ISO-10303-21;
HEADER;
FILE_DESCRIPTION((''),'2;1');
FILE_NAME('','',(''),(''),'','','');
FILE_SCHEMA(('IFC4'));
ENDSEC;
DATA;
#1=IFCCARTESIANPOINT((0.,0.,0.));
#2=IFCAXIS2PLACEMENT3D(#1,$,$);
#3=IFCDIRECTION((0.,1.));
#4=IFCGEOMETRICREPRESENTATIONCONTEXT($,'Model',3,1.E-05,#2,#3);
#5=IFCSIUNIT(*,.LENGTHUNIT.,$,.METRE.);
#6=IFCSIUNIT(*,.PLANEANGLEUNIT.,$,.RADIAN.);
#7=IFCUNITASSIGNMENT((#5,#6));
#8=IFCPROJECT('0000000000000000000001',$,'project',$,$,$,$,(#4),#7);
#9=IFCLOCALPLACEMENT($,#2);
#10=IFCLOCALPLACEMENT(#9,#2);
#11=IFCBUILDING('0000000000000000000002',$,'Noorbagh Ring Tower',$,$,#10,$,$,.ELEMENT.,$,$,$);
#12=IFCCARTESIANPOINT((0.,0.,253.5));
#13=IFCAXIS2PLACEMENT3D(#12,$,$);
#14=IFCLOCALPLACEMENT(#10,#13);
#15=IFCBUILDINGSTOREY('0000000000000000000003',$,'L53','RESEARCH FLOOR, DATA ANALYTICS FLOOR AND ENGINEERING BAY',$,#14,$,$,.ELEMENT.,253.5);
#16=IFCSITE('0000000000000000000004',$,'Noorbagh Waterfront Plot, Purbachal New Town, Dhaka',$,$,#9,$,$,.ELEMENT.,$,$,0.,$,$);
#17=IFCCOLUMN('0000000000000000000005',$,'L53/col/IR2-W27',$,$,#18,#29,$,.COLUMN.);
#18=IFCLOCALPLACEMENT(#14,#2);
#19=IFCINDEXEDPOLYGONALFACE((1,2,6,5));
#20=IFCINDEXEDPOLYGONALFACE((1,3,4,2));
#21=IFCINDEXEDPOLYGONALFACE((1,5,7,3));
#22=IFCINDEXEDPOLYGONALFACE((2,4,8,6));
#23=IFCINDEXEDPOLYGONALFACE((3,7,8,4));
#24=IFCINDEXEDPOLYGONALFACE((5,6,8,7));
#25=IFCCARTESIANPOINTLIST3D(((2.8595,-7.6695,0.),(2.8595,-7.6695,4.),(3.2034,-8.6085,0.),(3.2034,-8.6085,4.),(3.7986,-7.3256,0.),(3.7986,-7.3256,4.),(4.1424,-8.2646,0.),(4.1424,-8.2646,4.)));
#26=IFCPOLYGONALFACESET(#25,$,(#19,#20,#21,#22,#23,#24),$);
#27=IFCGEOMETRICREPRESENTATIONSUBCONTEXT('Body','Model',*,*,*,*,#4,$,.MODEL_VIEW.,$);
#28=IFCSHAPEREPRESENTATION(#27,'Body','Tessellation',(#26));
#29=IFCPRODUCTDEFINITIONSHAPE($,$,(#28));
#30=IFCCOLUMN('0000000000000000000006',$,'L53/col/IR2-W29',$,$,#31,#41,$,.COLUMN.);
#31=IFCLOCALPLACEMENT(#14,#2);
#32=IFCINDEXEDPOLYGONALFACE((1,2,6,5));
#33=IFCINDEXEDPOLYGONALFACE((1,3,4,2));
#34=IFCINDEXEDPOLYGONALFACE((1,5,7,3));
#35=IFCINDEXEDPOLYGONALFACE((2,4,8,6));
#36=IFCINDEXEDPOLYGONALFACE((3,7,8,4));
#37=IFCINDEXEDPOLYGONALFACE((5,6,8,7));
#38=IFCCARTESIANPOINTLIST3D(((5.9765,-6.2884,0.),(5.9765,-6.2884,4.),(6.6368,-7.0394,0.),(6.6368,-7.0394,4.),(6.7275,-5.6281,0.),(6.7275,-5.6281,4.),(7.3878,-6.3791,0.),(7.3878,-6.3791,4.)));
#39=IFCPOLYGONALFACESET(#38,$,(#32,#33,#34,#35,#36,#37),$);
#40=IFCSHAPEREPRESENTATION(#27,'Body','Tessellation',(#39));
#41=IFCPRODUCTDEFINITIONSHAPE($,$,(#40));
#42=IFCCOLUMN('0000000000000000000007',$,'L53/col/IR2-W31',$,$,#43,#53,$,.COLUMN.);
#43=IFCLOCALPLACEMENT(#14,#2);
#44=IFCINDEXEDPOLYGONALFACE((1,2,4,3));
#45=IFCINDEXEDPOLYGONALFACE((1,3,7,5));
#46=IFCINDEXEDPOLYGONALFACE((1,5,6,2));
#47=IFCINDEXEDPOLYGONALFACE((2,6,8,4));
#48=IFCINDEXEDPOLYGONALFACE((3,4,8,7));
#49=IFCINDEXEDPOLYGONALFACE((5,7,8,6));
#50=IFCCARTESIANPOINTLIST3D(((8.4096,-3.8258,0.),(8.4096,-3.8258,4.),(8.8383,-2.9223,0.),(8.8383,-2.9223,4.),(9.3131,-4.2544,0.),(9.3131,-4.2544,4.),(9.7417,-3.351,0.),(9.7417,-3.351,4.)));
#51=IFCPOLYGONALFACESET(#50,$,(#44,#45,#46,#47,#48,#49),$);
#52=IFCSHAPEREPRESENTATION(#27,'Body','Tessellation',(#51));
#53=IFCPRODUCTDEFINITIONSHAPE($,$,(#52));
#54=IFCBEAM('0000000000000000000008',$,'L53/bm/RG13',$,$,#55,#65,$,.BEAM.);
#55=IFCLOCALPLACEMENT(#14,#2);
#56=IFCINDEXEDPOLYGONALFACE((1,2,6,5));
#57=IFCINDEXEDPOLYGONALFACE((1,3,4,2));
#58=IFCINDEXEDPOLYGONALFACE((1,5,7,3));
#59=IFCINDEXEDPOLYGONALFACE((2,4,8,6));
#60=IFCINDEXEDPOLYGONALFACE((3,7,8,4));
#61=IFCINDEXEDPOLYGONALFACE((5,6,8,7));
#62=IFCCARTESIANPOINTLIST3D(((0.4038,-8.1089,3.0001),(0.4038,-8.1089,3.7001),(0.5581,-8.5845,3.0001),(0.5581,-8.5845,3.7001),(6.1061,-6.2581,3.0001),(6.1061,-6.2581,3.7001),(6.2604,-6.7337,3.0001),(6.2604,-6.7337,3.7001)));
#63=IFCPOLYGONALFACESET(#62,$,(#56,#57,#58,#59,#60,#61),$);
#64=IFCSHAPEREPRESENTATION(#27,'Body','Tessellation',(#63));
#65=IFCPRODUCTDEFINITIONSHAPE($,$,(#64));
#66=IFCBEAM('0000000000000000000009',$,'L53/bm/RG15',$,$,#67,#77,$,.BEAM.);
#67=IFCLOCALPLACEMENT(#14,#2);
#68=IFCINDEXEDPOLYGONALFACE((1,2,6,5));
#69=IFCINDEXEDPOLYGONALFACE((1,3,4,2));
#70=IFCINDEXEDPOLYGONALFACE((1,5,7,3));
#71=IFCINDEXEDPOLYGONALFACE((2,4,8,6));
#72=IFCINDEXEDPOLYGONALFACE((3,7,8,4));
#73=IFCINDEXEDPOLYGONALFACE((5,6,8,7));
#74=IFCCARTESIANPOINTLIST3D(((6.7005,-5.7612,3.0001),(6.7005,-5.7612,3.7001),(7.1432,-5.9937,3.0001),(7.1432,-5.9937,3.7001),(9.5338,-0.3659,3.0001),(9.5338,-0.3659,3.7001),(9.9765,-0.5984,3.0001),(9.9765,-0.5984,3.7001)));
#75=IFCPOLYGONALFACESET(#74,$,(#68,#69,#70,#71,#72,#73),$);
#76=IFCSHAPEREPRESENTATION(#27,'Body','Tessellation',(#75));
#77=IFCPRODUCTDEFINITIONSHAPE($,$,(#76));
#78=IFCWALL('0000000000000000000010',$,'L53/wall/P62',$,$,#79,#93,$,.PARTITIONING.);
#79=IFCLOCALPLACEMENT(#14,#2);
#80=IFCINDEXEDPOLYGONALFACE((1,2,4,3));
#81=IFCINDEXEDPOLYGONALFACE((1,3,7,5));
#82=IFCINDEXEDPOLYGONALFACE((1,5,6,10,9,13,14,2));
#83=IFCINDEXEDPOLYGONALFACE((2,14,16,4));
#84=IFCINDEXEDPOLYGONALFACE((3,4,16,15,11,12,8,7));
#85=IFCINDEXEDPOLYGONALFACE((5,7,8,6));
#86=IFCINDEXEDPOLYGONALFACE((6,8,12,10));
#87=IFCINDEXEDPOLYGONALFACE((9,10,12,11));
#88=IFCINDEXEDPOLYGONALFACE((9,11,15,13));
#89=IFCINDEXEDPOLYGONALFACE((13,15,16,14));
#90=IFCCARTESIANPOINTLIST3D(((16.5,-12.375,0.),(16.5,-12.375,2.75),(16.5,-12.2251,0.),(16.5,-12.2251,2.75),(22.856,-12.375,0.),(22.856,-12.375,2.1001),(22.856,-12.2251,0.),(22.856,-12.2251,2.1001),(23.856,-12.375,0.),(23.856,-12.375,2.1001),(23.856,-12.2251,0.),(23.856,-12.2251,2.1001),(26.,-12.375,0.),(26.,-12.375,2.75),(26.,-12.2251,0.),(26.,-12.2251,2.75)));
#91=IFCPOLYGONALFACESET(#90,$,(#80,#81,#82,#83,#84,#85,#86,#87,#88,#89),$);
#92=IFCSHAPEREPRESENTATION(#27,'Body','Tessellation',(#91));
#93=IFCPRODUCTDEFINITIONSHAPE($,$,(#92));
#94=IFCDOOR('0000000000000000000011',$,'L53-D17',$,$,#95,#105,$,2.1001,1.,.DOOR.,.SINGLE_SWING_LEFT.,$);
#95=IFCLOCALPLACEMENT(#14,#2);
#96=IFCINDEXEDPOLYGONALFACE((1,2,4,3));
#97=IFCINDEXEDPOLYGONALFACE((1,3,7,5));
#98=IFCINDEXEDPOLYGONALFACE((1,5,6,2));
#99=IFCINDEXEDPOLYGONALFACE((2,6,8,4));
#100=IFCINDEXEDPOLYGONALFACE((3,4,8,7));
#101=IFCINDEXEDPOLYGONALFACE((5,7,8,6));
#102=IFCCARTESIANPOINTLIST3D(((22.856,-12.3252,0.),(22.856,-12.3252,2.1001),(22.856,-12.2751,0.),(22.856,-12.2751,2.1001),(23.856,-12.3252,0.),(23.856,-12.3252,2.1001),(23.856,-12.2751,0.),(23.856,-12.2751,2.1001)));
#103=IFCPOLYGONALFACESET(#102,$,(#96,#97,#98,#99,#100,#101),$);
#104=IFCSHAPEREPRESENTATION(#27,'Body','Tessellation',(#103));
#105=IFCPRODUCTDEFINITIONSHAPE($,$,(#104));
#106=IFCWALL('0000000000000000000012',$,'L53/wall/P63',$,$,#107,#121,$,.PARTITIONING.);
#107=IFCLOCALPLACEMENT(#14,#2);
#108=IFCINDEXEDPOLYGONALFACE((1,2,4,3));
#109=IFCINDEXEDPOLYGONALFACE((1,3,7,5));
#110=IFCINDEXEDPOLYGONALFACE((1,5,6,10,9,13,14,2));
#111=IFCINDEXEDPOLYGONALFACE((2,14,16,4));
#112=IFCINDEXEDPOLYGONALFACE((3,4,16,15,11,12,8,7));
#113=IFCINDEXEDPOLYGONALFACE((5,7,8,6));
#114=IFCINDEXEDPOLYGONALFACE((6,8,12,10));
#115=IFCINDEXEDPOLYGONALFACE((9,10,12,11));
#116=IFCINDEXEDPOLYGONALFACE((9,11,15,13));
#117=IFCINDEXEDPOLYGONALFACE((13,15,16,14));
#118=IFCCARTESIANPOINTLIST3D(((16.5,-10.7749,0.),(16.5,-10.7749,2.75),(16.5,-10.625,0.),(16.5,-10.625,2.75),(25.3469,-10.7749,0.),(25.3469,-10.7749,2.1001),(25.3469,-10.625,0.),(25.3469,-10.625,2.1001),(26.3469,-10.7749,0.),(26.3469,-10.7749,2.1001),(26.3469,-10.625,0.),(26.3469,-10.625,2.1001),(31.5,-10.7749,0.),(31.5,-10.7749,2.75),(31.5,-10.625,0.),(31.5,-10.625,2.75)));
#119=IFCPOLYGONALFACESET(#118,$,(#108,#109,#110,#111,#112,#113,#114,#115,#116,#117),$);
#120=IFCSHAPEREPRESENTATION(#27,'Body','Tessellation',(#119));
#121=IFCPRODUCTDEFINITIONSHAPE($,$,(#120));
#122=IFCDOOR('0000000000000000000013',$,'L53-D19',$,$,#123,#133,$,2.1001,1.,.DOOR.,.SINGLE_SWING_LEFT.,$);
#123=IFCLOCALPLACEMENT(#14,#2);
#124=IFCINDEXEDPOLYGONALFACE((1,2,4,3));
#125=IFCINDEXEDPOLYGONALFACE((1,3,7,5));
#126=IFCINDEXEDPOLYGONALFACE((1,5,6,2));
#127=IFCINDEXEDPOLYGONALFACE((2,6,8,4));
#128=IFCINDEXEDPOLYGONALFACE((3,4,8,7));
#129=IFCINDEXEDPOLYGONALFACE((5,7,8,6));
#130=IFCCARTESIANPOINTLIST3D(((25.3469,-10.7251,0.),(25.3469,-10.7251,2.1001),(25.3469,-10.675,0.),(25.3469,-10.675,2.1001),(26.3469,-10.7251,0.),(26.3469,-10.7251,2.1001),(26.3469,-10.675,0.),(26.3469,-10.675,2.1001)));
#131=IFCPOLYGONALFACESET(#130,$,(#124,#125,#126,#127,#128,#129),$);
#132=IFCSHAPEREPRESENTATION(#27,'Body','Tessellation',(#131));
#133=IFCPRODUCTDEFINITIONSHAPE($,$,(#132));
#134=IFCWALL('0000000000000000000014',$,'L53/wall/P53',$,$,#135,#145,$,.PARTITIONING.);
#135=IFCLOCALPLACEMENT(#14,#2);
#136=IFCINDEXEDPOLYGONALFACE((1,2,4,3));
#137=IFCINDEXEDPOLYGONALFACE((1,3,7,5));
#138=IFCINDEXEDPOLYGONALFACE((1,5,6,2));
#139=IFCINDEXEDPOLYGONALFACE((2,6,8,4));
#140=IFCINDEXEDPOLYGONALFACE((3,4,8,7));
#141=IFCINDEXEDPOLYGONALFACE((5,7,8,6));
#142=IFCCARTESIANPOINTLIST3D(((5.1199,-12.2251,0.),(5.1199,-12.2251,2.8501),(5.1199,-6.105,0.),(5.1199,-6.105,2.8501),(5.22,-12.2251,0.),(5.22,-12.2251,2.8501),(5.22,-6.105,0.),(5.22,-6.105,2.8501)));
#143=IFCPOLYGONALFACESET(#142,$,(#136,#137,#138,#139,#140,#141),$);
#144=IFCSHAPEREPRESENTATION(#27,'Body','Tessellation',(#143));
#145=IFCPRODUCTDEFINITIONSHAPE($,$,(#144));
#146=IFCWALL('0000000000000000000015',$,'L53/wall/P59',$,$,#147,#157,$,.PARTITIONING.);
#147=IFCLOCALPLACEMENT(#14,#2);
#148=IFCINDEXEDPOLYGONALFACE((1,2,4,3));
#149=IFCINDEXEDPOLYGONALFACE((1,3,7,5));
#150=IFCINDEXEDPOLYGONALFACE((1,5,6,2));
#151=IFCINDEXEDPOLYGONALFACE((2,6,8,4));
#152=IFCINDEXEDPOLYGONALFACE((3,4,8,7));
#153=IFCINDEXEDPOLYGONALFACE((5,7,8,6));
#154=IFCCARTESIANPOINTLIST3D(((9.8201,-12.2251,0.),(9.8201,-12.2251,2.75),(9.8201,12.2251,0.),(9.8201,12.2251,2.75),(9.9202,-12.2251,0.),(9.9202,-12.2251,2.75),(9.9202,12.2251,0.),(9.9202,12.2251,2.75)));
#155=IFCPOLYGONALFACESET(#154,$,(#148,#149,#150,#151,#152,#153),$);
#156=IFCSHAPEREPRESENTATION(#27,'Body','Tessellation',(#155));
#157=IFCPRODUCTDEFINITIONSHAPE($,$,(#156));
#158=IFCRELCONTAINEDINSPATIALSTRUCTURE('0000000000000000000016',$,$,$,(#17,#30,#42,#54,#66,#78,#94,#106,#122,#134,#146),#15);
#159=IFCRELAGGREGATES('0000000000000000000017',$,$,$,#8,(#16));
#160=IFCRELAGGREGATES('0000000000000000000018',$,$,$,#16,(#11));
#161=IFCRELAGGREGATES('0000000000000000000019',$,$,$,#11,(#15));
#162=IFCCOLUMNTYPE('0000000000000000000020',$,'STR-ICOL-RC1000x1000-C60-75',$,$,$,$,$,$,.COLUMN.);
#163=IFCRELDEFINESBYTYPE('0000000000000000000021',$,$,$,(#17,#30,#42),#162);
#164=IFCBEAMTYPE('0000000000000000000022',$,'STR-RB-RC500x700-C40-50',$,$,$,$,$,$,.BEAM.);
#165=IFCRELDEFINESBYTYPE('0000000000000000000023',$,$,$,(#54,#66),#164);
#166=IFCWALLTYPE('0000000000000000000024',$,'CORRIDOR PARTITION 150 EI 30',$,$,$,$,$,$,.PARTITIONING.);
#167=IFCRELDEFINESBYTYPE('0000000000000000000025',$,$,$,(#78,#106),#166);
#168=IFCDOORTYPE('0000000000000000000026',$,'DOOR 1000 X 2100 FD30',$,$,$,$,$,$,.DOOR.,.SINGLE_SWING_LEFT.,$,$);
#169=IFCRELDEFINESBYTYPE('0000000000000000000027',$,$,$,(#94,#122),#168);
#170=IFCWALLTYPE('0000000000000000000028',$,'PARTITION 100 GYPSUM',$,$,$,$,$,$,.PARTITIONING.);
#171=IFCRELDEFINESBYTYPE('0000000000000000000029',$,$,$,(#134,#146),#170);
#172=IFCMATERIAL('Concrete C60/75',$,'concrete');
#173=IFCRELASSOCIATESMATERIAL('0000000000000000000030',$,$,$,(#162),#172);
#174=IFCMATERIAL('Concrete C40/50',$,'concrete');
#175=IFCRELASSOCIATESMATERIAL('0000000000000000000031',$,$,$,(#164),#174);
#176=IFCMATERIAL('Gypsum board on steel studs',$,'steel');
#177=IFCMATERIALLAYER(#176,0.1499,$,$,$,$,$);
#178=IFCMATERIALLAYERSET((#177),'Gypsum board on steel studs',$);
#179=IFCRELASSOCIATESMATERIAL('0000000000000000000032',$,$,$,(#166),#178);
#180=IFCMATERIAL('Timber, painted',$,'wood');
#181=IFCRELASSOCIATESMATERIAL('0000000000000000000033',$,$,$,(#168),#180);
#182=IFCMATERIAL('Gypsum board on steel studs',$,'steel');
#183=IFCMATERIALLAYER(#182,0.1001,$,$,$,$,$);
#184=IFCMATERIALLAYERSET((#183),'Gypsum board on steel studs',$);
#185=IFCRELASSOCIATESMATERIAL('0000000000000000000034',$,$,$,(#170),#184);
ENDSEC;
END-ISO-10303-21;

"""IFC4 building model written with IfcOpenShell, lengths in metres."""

from ifc_helpers import new_model, si_unit, direction, frame, frame_2d, origin, origin_2d, place, context, subcontext, project, spatial, rectangle, extrude, material, layer, layer_set, material_profile, profile_set, type_object, element, fill, save


model = new_model("IFC4")

# Units and contexts
model_context = context("Model", 3, precision=1e-05, world=origin(), true_north=direction((0.0, 1.0)))
body_context = subcontext(model_context, "Body", "Model", "MODEL_VIEW")
ifc_project = project(units=[si_unit("LENGTHUNIT", "METRE"), si_unit("PLANEANGLEUNIT", "RADIAN")], contexts=[model_context])

# Site, building, storey
site_placement = place(None, origin())
site = spatial("IfcSite", under=ifc_project, at=site_placement, Name="Noorbagh Waterfront Plot, Purbachal New Town, Dhaka", CompositionType="ELEMENT", RefElevation=0.0)
building_placement = place(site_placement, origin())
building = spatial("IfcBuilding", under=site, at=building_placement, Name="Noorbagh Ring Tower", CompositionType="ELEMENT")
storey_placement = place(building_placement, frame((0.0, 0.0, 253.5)))
storey = spatial("IfcBuildingStorey", under=building, at=storey_placement, Name="L53", Description="RESEARCH FLOOR, DATA ANALYTICS FLOOR AND ENGINEERING BAY", CompositionType="ELEMENT", Elevation=253.5)

# Columns
ifc_material_1 = material(Name="Concrete C60/75", Category="concrete")
ifc_material_profile_1 = material_profile(ifc_material_1, rectangle(XDim=1.0, YDim=1.0, at=origin_2d()), Name="RC1000x1000")
ifc_profile_set_1 = profile_set([ifc_material_profile_1], Name="Concrete C60/75")
column_type = type_object("IfcColumnType", Name="STR-ICOL-RC1000x1000-C60-75", PredefinedType="COLUMN", material=ifc_profile_set_1)
for number, where, z_axis, x_axis, name in (
    (1, (3.501, -7.967, 0.0), (0.0, 0.0, 1.0), (0.93902, 0.343864, 0.0), "L53/col/IR2-W27"),
    (2, (6.6821, -6.3337, 0.0), (0.0, 0.0, 1.0), (0.751022, 0.660277, 0.0), "L53/col/IR2-W29"),
    (3, (9.0757, -3.5884, 0.0), (0.0, 0.0, 1.0), (0.428667, 0.903463, 0.0), "L53/col/IR2-W31"),
):
    element("IfcColumn", number, at=place(storey_placement, frame(where, z_axis=z_axis, x_axis=x_axis)), inside=storey, type_object=column_type, Name=name, PredefinedType="COLUMN", context=body_context, shape_type="SweptSolid", body=[
        extrude(rectangle(XDim=1.0, YDim=1.0, at=origin_2d()), origin(), (0.0, 0.0, 1.0), 4.0),
    ])

# Beams
ifc_material_2 = material(Name="Concrete C40/50", Category="concrete")
ifc_material_profile_2 = material_profile(ifc_material_2, rectangle(XDim=0.5, YDim=0.7, at=origin_2d()), Name="RC500x700")
ifc_profile_set_2 = profile_set([ifc_material_profile_2], Name="Concrete C40/50")
beam_type = type_object("IfcBeamType", Name="STR-RB-RC500x700-C40-50", PredefinedType="BEAM", material=ifc_profile_set_2)
beam_1_placement = place(storey_placement, frame((0.481, -8.3467, 3.3501), z_axis=(0.951154, 0.308717, 0.0), x_axis=(-0.308717, 0.951154, 0.0)))
element("IfcBeam", 4, at=beam_1_placement, inside=storey, type_object=beam_type, Name="L53/bm/RG13", PredefinedType="BEAM", context=body_context, shape_type="SweptSolid", body=[
    extrude(rectangle(XDim=0.5, YDim=0.7, at=origin_2d()), origin(), (0.0, 0.0, 1.0), 5.9951),
])
beam_2_placement = place(storey_placement, frame((6.9219, -5.8774, 3.3501), z_axis=(0.464929, 0.885348, 0.0), x_axis=(-0.885348, 0.464929, 0.0)))
element("IfcBeam", 5, at=beam_2_placement, inside=storey, type_object=beam_type, Name="L53/bm/RG15", PredefinedType="BEAM", context=body_context, shape_type="SweptSolid", body=[
    extrude(rectangle(XDim=0.5, YDim=0.7, at=origin_2d()), origin(), (0.0, 0.0, 1.0), 6.094),
])

# Walls, openings, doors
ifc_material_3 = material(Name="Gypsum board on steel studs", Category="steel")
ifc_layer_1 = layer(ifc_material_3, 0.1499)
ifc_layer_set_1 = layer_set([ifc_layer_1], Name="Gypsum board on steel studs")
wall_type_1 = type_object("IfcWallType", Name="CORRIDOR PARTITION 150 EI 30", PredefinedType="PARTITIONING", material=ifc_layer_set_1)
wall_1_placement = place(storey_placement, frame((16.5, -12.3, 0.0), z_axis=(0.0, 0.0, 1.0), x_axis=(1.0, 0.0, 0.0)))
wall_1 = element("IfcWall", 6, at=wall_1_placement, inside=storey, type_object=wall_type_1, Name="L53/wall/P62", PredefinedType="PARTITIONING", context=body_context, shape_type="SweptSolid", body=[
    extrude(rectangle(XDim=9.5, YDim=0.1499, at=frame_2d((4.75, 0.0))), origin(), (0.0, 0.0, 1.0), 2.75),
])
opening_1_placement = place(wall_1_placement, frame((6.356, 0.0, 0.0)))
opening_1 = element("IfcOpeningElement", 7, at=opening_1_placement, cuts=wall_1, PredefinedType="OPENING", context=body_context, shape_type="SweptSolid", body=[
    extrude(rectangle(XDim=1.0, YDim=2.1001, at=frame_2d((0.5, 1.05))), frame((0.0, 0.085, 0.0), z_axis=(0.0, -1.0, 0.0), x_axis=(1.0, 0.0, 0.0)), (0.0, 0.0, 1.0), 0.1699),
])
ifc_material_4 = material(Name="Timber, painted", Category="wood")
door_type = type_object("IfcDoorType", Name="DOOR 1000 X 2100 FD30", OperationType="SINGLE_SWING_LEFT", PredefinedType="DOOR", material=ifc_material_4)
door_1_placement = place(opening_1_placement, origin())
door_1 = element("IfcDoor", 8, at=door_1_placement, inside=storey, type_object=door_type, Name="L53-D17", OperationType="SINGLE_SWING_LEFT", OverallHeight=2.1001, OverallWidth=1.0, PredefinedType="DOOR", context=body_context, shape_type="SweptSolid", body=[
    extrude(rectangle(XDim=1.0, YDim=2.1001, at=frame_2d((0.5, 1.05))), frame((0.0, 0.0249, 0.0), z_axis=(0.0, -1.0, 0.0), x_axis=(1.0, 0.0, 0.0)), (0.0, 0.0, 1.0), 0.05),
])
fill(opening_1, door_1)
wall_2_placement = place(storey_placement, frame((16.5, -10.7, 0.0), z_axis=(0.0, 0.0, 1.0), x_axis=(1.0, 0.0, 0.0)))
wall_2 = element("IfcWall", 9, at=wall_2_placement, inside=storey, type_object=wall_type_1, Name="L53/wall/P63", PredefinedType="PARTITIONING", context=body_context, shape_type="SweptSolid", body=[
    extrude(rectangle(XDim=15.0, YDim=0.1499, at=frame_2d((7.5, 0.0))), origin(), (0.0, 0.0, 1.0), 2.75),
])
opening_2_placement = place(wall_2_placement, frame((8.8469, 0.0, 0.0)))
opening_2 = element("IfcOpeningElement", 10, at=opening_2_placement, cuts=wall_2, PredefinedType="OPENING", context=body_context, shape_type="SweptSolid", body=[
    extrude(rectangle(XDim=1.0, YDim=2.1001, at=frame_2d((0.5, 1.05))), frame((0.0, 0.085, 0.0), z_axis=(0.0, -1.0, 0.0), x_axis=(1.0, 0.0, 0.0)), (0.0, 0.0, 1.0), 0.1699),
])
door_2_placement = place(opening_2_placement, origin())
door_2 = element("IfcDoor", 11, at=door_2_placement, inside=storey, type_object=door_type, Name="L53-D19", OperationType="SINGLE_SWING_LEFT", OverallHeight=2.1001, OverallWidth=1.0, PredefinedType="DOOR", context=body_context, shape_type="SweptSolid", body=[
    extrude(rectangle(XDim=1.0, YDim=2.1001, at=frame_2d((0.5, 1.05))), frame((0.0, 0.0249, 0.0), z_axis=(0.0, -1.0, 0.0), x_axis=(1.0, 0.0, 0.0)), (0.0, 0.0, 1.0), 0.05),
])
fill(opening_2, door_2)

# Walls
ifc_material_5 = material(Name="Gypsum board on steel studs", Category="steel")
ifc_layer_2 = layer(ifc_material_5, 0.1001)
ifc_layer_set_2 = layer_set([ifc_layer_2], Name="Gypsum board on steel studs")
wall_type_2 = type_object("IfcWallType", Name="PARTITION 100 GYPSUM", PredefinedType="PARTITIONING", material=ifc_layer_set_2)
wall_3_placement = place(storey_placement, frame((5.1699, -12.2251, 0.0), z_axis=(0.0, 0.0, 1.0), x_axis=(0.0, 1.0, 0.0)))
element("IfcWall", 12, at=wall_3_placement, inside=storey, type_object=wall_type_2, Name="L53/wall/P53", PredefinedType="PARTITIONING", context=body_context, shape_type="SweptSolid", body=[
    extrude(rectangle(XDim=6.1201, YDim=0.1001, at=frame_2d((3.0601, 0.0))), origin(), (0.0, 0.0, 1.0), 2.8501),
])
wall_4_placement = place(storey_placement, frame((9.8701, -12.2251, 0.0), z_axis=(0.0, 0.0, 1.0), x_axis=(0.0, 1.0, 0.0)))
element("IfcWall", 13, at=wall_4_placement, inside=storey, type_object=wall_type_2, Name="L53/wall/P59", PredefinedType="PARTITIONING", context=body_context, shape_type="SweptSolid", body=[
    extrude(rectangle(XDim=24.4502, YDim=0.1001, at=frame_2d((12.2251, 0.0))), origin(), (0.0, 0.0, 1.0), 2.75),
])

save(model, "model.ifc")
